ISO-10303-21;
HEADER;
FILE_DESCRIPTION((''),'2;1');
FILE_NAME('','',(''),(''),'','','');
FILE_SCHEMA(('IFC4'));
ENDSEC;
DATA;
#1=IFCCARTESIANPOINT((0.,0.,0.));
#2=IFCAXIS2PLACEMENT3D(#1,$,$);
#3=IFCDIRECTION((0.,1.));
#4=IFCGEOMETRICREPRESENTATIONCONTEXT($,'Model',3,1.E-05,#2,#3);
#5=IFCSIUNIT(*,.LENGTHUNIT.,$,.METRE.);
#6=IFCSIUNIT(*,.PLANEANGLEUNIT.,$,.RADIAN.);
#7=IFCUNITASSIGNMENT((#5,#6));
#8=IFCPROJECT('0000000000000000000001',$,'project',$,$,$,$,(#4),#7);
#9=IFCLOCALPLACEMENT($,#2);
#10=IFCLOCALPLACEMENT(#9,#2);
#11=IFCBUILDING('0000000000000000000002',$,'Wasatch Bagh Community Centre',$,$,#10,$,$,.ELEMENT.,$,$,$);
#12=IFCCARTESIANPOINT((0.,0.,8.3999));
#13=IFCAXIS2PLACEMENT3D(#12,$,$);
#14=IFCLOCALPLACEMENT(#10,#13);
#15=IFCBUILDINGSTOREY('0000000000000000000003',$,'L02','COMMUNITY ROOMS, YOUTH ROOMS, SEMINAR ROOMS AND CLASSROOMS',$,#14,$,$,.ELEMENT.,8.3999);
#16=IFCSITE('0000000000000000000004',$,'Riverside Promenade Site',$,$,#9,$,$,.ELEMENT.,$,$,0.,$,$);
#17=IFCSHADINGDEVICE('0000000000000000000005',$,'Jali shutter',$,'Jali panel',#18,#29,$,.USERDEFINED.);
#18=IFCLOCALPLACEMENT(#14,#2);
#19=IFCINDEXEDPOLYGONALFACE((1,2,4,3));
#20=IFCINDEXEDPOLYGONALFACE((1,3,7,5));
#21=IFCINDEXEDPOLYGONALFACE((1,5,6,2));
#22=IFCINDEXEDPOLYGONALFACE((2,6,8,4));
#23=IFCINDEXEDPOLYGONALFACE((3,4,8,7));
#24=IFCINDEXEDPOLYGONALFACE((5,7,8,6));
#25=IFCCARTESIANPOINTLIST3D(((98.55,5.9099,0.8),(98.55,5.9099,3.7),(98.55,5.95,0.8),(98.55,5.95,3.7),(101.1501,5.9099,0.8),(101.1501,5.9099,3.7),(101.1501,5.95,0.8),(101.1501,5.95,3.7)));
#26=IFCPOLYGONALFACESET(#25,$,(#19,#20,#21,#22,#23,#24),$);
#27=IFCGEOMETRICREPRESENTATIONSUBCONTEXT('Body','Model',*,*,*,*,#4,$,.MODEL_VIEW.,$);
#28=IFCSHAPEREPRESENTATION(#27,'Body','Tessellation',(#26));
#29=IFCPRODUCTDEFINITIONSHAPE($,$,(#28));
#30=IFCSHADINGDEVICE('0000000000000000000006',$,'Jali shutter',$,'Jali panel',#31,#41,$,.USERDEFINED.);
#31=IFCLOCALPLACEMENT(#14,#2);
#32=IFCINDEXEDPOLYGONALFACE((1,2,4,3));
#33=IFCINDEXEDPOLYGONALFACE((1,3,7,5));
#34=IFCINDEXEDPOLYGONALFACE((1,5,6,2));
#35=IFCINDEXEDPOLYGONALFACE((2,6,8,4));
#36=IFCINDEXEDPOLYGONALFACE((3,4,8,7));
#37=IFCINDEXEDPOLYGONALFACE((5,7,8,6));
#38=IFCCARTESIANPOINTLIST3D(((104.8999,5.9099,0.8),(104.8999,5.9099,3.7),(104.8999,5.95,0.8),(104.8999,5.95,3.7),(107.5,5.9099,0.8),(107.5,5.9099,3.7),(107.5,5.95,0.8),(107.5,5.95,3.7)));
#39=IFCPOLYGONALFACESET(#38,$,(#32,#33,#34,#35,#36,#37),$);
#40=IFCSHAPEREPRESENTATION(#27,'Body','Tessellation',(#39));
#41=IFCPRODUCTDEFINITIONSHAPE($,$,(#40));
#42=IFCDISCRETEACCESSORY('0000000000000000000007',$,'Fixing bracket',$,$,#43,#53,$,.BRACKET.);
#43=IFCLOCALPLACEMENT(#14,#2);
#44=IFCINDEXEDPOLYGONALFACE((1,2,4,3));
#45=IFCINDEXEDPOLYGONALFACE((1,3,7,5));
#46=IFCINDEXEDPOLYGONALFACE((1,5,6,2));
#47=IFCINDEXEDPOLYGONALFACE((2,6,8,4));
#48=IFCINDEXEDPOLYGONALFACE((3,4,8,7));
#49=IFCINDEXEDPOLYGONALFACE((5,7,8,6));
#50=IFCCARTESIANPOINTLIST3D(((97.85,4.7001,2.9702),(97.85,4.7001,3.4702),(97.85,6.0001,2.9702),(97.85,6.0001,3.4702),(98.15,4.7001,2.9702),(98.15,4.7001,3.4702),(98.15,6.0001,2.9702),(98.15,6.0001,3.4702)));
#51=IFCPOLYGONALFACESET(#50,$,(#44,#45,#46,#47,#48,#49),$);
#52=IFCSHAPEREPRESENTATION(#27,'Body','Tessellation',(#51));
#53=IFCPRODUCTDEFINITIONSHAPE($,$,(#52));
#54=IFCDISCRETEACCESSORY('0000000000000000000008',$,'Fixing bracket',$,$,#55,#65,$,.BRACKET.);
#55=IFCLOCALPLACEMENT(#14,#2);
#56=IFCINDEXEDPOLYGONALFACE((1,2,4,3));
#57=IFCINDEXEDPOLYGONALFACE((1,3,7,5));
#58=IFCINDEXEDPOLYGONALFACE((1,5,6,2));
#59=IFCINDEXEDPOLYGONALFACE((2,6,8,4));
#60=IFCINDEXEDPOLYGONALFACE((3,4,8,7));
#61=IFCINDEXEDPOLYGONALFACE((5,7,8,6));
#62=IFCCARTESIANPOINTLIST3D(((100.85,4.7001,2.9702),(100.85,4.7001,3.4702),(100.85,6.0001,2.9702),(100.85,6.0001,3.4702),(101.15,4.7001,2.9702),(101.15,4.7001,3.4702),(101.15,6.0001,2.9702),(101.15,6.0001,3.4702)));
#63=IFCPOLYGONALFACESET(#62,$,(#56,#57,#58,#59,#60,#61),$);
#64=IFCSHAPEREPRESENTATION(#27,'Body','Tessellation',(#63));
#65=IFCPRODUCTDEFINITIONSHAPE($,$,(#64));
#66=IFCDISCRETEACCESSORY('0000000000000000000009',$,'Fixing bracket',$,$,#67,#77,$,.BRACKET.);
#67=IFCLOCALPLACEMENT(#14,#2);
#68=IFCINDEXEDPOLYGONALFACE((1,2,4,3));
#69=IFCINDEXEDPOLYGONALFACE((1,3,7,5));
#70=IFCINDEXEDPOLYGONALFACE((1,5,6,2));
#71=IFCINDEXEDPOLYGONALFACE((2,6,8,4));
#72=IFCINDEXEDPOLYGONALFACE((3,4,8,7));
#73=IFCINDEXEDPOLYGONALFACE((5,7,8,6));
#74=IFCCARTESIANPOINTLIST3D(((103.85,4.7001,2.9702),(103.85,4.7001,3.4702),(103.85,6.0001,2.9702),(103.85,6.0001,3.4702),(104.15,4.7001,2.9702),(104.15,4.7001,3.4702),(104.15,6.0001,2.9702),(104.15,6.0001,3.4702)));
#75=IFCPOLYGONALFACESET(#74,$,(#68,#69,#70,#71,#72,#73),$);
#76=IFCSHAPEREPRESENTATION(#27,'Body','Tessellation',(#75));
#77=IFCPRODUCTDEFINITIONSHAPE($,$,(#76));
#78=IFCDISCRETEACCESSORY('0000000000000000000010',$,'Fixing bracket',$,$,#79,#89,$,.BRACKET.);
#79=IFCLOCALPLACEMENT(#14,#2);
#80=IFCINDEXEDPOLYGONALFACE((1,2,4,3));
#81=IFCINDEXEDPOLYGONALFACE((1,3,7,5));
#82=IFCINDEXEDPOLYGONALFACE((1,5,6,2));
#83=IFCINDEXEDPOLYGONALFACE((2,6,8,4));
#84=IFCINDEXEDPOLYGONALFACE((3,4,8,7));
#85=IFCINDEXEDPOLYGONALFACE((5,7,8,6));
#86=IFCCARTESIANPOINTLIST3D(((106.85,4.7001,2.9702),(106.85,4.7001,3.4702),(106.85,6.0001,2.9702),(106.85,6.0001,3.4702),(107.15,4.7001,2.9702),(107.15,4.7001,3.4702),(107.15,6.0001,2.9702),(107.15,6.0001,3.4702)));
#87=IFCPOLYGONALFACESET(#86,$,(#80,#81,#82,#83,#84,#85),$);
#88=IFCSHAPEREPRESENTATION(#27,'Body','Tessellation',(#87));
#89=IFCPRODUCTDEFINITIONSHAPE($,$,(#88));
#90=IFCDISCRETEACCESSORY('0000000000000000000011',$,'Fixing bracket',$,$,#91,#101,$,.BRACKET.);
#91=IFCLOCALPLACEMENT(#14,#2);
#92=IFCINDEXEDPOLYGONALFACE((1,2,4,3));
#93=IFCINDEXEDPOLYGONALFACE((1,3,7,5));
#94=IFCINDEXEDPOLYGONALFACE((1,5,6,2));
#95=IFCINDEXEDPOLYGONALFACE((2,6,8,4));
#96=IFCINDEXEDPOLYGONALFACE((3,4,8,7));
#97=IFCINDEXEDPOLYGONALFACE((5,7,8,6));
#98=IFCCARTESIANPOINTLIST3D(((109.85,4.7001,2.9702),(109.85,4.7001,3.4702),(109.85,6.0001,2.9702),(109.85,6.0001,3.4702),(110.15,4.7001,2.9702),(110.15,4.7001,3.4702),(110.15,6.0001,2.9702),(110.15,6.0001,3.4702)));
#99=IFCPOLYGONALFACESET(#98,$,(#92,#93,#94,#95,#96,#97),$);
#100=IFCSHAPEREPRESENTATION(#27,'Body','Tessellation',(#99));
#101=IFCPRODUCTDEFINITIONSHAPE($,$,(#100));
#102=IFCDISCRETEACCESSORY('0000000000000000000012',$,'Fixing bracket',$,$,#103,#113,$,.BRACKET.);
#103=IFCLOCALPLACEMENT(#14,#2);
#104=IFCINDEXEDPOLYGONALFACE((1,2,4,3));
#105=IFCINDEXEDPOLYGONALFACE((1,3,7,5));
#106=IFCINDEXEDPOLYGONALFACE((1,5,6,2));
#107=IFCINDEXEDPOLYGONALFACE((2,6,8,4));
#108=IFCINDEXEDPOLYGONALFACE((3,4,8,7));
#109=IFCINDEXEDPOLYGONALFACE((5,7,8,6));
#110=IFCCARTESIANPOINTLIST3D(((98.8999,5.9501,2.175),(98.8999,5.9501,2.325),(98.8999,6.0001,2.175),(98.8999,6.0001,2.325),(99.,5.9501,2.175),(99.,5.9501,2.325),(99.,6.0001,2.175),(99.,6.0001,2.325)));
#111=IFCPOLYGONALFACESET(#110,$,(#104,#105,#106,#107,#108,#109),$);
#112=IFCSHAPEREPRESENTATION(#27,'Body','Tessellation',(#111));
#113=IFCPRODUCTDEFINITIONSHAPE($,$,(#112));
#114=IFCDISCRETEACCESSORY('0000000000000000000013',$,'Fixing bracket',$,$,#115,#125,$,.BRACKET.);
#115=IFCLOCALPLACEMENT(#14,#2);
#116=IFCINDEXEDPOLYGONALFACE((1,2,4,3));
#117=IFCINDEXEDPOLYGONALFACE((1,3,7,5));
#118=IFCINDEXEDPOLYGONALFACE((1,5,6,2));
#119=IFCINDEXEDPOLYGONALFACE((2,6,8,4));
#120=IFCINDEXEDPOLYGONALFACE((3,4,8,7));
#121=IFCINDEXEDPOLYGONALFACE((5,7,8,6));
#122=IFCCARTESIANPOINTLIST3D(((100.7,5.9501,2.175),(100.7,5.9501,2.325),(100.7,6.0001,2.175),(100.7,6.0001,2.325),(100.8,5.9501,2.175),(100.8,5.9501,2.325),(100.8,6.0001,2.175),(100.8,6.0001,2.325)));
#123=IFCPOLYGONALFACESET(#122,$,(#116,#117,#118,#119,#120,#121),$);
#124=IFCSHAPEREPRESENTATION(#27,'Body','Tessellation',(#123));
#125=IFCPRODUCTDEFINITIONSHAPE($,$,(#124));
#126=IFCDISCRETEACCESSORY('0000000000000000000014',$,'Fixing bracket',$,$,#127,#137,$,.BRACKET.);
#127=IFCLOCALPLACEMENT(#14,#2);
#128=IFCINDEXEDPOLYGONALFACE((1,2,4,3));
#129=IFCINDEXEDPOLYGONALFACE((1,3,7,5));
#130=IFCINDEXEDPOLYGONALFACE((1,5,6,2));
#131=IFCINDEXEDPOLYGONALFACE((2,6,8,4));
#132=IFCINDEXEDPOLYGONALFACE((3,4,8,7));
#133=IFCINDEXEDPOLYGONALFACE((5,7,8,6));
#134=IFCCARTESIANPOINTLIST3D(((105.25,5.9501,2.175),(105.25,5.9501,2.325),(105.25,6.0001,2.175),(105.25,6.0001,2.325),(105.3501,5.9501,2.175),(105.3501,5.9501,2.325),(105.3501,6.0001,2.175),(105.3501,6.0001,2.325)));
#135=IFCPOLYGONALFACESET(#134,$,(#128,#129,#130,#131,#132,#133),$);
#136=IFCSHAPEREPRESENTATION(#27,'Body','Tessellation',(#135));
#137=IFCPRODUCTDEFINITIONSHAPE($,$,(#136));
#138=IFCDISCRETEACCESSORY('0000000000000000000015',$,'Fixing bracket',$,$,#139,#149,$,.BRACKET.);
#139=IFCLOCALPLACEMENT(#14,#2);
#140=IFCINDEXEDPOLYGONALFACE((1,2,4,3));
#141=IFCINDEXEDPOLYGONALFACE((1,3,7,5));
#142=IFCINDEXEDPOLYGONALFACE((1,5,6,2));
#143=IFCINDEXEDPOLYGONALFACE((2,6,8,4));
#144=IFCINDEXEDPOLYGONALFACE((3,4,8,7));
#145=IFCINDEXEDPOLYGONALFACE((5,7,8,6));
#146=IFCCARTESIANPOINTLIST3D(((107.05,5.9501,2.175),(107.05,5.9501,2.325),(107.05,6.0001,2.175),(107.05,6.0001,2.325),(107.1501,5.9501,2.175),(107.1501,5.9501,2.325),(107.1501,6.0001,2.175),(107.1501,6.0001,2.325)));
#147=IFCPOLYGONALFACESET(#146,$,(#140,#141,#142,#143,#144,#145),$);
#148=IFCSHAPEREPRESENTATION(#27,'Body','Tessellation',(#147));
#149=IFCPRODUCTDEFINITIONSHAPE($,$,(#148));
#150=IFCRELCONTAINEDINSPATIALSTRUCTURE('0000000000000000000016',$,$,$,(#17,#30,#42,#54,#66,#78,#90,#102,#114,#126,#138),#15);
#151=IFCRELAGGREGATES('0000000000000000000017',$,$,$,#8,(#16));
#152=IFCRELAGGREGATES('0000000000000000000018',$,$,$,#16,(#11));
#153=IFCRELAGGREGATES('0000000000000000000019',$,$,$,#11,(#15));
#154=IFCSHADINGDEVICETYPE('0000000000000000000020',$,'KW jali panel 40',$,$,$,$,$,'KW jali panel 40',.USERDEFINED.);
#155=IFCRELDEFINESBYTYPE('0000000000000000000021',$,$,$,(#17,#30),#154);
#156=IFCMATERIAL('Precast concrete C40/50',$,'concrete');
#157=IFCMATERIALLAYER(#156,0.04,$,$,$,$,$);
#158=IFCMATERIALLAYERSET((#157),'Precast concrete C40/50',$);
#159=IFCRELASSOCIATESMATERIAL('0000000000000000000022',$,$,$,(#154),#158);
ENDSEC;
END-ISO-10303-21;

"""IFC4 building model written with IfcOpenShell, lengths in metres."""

from ifc_helpers import new_model, si_unit, direction, frame, origin, origin_2d, place, context, subcontext, project, spatial, rectangle, extrude, material, layer, layer_set, type_object, element, save


model = new_model("IFC4")

# Units and contexts
model_context = context("Model", 3, precision=1e-05, world=origin(), true_north=direction((0.0, 1.0)))
body_context = subcontext(model_context, "Body", "Model", "MODEL_VIEW")
ifc_project = project(units=[si_unit("LENGTHUNIT", "METRE"), si_unit("PLANEANGLEUNIT", "RADIAN")], contexts=[model_context])

# Site, building, storey
site_placement = place(None, origin())
site = spatial("IfcSite", under=ifc_project, at=site_placement, Name="Riverside Promenade Site", CompositionType="ELEMENT", RefElevation=0.0)
building_placement = place(site_placement, origin())
building = spatial("IfcBuilding", under=site, at=building_placement, Name="Wasatch Bagh Community Centre", CompositionType="ELEMENT")
storey_placement = place(building_placement, frame((0.0, 0.0, 8.3999)))
storey = spatial("IfcBuildingStorey", under=building, at=storey_placement, Name="L02", Description="COMMUNITY ROOMS, YOUTH ROOMS, SEMINAR ROOMS AND CLASSROOMS", CompositionType="ELEMENT", Elevation=8.3999)

# Shading devices
ifc_material_1 = material(Name="Precast concrete C40/50", Category="concrete")
ifc_layer_1 = layer(ifc_material_1, 0.04)
ifc_layer_set_1 = layer_set([ifc_layer_1], Name="Precast concrete C40/50")
shading_device_type = type_object("IfcShadingDeviceType", Name="KW jali panel 40", ElementType="KW jali panel 40", PredefinedType="USERDEFINED", material=ifc_layer_set_1)
for number, where, z_axis, x_axis, name in (
    (1, (99.8501, 5.9299, 0.8), (0.0, 0.0, 1.0), (1.0, 0.0, 0.0), "Jali shutter"),
    (2, (106.2, 5.9299, 0.8), (0.0, 0.0, 1.0), (1.0, 0.0, 0.0), "Jali shutter"),
):
    element("IfcShadingDevice", number, at=place(storey_placement, frame(where, z_axis=z_axis, x_axis=x_axis)), inside=storey, type_object=shading_device_type, Name=name, ObjectType="Jali panel", PredefinedType="USERDEFINED", context=body_context, shape_type="SweptSolid", body=[
        extrude(rectangle(XDim=2.6001, YDim=0.04, at=origin_2d()), origin(), (0.0, 0.0, 1.0), 2.8999),
    ])

# Discrete accessories
for number, where, z_axis, x_axis, name in (
    (3, (98.0, 5.3501, 2.9702), (0.0, 0.0, 1.0), (1.0, 0.0, 0.0), "Fixing bracket"),
    (4, (101.0, 5.3501, 2.9702), (0.0, 0.0, 1.0), (1.0, 0.0, 0.0), "Fixing bracket"),
    (5, (104.0, 5.3501, 2.9702), (0.0, 0.0, 1.0), (1.0, 0.0, 0.0), "Fixing bracket"),
    (6, (107.0, 5.3501, 2.9702), (0.0, 0.0, 1.0), (1.0, 0.0, 0.0), "Fixing bracket"),
    (7, (110.0, 5.3501, 2.9702), (0.0, 0.0, 1.0), (1.0, 0.0, 0.0), "Fixing bracket"),
):
    element("IfcDiscreteAccessory", number, at=place(storey_placement, frame(where, z_axis=z_axis, x_axis=x_axis)), inside=storey, Name=name, PredefinedType="BRACKET", context=body_context, shape_type="SweptSolid", body=[
        extrude(rectangle(XDim=0.3, YDim=1.3, at=origin_2d()), origin(), (0.0, 0.0, 1.0), 0.5),
    ])
for number, where, z_axis, x_axis, name in (
    (8, (98.95, 5.9751, 2.175), (0.0, 0.0, 1.0), (1.0, 0.0, 0.0), "Fixing bracket"),
    (9, (100.75, 5.9751, 2.175), (0.0, 0.0, 1.0), (1.0, 0.0, 0.0), "Fixing bracket"),
    (10, (105.3, 5.9751, 2.175), (0.0, 0.0, 1.0), (1.0, 0.0, 0.0), "Fixing bracket"),
    (11, (107.1001, 5.9751, 2.175), (0.0, 0.0, 1.0), (1.0, 0.0, 0.0), "Fixing bracket"),
):
    element("IfcDiscreteAccessory", number, at=place(storey_placement, frame(where, z_axis=z_axis, x_axis=x_axis)), inside=storey, Name=name, PredefinedType="BRACKET", context=body_context, shape_type="SweptSolid", body=[
        extrude(rectangle(XDim=0.1001, YDim=0.05, at=origin_2d()), origin(), (0.0, 0.0, 1.0), 0.1499),
    ])

save(model, "model.ifc")
